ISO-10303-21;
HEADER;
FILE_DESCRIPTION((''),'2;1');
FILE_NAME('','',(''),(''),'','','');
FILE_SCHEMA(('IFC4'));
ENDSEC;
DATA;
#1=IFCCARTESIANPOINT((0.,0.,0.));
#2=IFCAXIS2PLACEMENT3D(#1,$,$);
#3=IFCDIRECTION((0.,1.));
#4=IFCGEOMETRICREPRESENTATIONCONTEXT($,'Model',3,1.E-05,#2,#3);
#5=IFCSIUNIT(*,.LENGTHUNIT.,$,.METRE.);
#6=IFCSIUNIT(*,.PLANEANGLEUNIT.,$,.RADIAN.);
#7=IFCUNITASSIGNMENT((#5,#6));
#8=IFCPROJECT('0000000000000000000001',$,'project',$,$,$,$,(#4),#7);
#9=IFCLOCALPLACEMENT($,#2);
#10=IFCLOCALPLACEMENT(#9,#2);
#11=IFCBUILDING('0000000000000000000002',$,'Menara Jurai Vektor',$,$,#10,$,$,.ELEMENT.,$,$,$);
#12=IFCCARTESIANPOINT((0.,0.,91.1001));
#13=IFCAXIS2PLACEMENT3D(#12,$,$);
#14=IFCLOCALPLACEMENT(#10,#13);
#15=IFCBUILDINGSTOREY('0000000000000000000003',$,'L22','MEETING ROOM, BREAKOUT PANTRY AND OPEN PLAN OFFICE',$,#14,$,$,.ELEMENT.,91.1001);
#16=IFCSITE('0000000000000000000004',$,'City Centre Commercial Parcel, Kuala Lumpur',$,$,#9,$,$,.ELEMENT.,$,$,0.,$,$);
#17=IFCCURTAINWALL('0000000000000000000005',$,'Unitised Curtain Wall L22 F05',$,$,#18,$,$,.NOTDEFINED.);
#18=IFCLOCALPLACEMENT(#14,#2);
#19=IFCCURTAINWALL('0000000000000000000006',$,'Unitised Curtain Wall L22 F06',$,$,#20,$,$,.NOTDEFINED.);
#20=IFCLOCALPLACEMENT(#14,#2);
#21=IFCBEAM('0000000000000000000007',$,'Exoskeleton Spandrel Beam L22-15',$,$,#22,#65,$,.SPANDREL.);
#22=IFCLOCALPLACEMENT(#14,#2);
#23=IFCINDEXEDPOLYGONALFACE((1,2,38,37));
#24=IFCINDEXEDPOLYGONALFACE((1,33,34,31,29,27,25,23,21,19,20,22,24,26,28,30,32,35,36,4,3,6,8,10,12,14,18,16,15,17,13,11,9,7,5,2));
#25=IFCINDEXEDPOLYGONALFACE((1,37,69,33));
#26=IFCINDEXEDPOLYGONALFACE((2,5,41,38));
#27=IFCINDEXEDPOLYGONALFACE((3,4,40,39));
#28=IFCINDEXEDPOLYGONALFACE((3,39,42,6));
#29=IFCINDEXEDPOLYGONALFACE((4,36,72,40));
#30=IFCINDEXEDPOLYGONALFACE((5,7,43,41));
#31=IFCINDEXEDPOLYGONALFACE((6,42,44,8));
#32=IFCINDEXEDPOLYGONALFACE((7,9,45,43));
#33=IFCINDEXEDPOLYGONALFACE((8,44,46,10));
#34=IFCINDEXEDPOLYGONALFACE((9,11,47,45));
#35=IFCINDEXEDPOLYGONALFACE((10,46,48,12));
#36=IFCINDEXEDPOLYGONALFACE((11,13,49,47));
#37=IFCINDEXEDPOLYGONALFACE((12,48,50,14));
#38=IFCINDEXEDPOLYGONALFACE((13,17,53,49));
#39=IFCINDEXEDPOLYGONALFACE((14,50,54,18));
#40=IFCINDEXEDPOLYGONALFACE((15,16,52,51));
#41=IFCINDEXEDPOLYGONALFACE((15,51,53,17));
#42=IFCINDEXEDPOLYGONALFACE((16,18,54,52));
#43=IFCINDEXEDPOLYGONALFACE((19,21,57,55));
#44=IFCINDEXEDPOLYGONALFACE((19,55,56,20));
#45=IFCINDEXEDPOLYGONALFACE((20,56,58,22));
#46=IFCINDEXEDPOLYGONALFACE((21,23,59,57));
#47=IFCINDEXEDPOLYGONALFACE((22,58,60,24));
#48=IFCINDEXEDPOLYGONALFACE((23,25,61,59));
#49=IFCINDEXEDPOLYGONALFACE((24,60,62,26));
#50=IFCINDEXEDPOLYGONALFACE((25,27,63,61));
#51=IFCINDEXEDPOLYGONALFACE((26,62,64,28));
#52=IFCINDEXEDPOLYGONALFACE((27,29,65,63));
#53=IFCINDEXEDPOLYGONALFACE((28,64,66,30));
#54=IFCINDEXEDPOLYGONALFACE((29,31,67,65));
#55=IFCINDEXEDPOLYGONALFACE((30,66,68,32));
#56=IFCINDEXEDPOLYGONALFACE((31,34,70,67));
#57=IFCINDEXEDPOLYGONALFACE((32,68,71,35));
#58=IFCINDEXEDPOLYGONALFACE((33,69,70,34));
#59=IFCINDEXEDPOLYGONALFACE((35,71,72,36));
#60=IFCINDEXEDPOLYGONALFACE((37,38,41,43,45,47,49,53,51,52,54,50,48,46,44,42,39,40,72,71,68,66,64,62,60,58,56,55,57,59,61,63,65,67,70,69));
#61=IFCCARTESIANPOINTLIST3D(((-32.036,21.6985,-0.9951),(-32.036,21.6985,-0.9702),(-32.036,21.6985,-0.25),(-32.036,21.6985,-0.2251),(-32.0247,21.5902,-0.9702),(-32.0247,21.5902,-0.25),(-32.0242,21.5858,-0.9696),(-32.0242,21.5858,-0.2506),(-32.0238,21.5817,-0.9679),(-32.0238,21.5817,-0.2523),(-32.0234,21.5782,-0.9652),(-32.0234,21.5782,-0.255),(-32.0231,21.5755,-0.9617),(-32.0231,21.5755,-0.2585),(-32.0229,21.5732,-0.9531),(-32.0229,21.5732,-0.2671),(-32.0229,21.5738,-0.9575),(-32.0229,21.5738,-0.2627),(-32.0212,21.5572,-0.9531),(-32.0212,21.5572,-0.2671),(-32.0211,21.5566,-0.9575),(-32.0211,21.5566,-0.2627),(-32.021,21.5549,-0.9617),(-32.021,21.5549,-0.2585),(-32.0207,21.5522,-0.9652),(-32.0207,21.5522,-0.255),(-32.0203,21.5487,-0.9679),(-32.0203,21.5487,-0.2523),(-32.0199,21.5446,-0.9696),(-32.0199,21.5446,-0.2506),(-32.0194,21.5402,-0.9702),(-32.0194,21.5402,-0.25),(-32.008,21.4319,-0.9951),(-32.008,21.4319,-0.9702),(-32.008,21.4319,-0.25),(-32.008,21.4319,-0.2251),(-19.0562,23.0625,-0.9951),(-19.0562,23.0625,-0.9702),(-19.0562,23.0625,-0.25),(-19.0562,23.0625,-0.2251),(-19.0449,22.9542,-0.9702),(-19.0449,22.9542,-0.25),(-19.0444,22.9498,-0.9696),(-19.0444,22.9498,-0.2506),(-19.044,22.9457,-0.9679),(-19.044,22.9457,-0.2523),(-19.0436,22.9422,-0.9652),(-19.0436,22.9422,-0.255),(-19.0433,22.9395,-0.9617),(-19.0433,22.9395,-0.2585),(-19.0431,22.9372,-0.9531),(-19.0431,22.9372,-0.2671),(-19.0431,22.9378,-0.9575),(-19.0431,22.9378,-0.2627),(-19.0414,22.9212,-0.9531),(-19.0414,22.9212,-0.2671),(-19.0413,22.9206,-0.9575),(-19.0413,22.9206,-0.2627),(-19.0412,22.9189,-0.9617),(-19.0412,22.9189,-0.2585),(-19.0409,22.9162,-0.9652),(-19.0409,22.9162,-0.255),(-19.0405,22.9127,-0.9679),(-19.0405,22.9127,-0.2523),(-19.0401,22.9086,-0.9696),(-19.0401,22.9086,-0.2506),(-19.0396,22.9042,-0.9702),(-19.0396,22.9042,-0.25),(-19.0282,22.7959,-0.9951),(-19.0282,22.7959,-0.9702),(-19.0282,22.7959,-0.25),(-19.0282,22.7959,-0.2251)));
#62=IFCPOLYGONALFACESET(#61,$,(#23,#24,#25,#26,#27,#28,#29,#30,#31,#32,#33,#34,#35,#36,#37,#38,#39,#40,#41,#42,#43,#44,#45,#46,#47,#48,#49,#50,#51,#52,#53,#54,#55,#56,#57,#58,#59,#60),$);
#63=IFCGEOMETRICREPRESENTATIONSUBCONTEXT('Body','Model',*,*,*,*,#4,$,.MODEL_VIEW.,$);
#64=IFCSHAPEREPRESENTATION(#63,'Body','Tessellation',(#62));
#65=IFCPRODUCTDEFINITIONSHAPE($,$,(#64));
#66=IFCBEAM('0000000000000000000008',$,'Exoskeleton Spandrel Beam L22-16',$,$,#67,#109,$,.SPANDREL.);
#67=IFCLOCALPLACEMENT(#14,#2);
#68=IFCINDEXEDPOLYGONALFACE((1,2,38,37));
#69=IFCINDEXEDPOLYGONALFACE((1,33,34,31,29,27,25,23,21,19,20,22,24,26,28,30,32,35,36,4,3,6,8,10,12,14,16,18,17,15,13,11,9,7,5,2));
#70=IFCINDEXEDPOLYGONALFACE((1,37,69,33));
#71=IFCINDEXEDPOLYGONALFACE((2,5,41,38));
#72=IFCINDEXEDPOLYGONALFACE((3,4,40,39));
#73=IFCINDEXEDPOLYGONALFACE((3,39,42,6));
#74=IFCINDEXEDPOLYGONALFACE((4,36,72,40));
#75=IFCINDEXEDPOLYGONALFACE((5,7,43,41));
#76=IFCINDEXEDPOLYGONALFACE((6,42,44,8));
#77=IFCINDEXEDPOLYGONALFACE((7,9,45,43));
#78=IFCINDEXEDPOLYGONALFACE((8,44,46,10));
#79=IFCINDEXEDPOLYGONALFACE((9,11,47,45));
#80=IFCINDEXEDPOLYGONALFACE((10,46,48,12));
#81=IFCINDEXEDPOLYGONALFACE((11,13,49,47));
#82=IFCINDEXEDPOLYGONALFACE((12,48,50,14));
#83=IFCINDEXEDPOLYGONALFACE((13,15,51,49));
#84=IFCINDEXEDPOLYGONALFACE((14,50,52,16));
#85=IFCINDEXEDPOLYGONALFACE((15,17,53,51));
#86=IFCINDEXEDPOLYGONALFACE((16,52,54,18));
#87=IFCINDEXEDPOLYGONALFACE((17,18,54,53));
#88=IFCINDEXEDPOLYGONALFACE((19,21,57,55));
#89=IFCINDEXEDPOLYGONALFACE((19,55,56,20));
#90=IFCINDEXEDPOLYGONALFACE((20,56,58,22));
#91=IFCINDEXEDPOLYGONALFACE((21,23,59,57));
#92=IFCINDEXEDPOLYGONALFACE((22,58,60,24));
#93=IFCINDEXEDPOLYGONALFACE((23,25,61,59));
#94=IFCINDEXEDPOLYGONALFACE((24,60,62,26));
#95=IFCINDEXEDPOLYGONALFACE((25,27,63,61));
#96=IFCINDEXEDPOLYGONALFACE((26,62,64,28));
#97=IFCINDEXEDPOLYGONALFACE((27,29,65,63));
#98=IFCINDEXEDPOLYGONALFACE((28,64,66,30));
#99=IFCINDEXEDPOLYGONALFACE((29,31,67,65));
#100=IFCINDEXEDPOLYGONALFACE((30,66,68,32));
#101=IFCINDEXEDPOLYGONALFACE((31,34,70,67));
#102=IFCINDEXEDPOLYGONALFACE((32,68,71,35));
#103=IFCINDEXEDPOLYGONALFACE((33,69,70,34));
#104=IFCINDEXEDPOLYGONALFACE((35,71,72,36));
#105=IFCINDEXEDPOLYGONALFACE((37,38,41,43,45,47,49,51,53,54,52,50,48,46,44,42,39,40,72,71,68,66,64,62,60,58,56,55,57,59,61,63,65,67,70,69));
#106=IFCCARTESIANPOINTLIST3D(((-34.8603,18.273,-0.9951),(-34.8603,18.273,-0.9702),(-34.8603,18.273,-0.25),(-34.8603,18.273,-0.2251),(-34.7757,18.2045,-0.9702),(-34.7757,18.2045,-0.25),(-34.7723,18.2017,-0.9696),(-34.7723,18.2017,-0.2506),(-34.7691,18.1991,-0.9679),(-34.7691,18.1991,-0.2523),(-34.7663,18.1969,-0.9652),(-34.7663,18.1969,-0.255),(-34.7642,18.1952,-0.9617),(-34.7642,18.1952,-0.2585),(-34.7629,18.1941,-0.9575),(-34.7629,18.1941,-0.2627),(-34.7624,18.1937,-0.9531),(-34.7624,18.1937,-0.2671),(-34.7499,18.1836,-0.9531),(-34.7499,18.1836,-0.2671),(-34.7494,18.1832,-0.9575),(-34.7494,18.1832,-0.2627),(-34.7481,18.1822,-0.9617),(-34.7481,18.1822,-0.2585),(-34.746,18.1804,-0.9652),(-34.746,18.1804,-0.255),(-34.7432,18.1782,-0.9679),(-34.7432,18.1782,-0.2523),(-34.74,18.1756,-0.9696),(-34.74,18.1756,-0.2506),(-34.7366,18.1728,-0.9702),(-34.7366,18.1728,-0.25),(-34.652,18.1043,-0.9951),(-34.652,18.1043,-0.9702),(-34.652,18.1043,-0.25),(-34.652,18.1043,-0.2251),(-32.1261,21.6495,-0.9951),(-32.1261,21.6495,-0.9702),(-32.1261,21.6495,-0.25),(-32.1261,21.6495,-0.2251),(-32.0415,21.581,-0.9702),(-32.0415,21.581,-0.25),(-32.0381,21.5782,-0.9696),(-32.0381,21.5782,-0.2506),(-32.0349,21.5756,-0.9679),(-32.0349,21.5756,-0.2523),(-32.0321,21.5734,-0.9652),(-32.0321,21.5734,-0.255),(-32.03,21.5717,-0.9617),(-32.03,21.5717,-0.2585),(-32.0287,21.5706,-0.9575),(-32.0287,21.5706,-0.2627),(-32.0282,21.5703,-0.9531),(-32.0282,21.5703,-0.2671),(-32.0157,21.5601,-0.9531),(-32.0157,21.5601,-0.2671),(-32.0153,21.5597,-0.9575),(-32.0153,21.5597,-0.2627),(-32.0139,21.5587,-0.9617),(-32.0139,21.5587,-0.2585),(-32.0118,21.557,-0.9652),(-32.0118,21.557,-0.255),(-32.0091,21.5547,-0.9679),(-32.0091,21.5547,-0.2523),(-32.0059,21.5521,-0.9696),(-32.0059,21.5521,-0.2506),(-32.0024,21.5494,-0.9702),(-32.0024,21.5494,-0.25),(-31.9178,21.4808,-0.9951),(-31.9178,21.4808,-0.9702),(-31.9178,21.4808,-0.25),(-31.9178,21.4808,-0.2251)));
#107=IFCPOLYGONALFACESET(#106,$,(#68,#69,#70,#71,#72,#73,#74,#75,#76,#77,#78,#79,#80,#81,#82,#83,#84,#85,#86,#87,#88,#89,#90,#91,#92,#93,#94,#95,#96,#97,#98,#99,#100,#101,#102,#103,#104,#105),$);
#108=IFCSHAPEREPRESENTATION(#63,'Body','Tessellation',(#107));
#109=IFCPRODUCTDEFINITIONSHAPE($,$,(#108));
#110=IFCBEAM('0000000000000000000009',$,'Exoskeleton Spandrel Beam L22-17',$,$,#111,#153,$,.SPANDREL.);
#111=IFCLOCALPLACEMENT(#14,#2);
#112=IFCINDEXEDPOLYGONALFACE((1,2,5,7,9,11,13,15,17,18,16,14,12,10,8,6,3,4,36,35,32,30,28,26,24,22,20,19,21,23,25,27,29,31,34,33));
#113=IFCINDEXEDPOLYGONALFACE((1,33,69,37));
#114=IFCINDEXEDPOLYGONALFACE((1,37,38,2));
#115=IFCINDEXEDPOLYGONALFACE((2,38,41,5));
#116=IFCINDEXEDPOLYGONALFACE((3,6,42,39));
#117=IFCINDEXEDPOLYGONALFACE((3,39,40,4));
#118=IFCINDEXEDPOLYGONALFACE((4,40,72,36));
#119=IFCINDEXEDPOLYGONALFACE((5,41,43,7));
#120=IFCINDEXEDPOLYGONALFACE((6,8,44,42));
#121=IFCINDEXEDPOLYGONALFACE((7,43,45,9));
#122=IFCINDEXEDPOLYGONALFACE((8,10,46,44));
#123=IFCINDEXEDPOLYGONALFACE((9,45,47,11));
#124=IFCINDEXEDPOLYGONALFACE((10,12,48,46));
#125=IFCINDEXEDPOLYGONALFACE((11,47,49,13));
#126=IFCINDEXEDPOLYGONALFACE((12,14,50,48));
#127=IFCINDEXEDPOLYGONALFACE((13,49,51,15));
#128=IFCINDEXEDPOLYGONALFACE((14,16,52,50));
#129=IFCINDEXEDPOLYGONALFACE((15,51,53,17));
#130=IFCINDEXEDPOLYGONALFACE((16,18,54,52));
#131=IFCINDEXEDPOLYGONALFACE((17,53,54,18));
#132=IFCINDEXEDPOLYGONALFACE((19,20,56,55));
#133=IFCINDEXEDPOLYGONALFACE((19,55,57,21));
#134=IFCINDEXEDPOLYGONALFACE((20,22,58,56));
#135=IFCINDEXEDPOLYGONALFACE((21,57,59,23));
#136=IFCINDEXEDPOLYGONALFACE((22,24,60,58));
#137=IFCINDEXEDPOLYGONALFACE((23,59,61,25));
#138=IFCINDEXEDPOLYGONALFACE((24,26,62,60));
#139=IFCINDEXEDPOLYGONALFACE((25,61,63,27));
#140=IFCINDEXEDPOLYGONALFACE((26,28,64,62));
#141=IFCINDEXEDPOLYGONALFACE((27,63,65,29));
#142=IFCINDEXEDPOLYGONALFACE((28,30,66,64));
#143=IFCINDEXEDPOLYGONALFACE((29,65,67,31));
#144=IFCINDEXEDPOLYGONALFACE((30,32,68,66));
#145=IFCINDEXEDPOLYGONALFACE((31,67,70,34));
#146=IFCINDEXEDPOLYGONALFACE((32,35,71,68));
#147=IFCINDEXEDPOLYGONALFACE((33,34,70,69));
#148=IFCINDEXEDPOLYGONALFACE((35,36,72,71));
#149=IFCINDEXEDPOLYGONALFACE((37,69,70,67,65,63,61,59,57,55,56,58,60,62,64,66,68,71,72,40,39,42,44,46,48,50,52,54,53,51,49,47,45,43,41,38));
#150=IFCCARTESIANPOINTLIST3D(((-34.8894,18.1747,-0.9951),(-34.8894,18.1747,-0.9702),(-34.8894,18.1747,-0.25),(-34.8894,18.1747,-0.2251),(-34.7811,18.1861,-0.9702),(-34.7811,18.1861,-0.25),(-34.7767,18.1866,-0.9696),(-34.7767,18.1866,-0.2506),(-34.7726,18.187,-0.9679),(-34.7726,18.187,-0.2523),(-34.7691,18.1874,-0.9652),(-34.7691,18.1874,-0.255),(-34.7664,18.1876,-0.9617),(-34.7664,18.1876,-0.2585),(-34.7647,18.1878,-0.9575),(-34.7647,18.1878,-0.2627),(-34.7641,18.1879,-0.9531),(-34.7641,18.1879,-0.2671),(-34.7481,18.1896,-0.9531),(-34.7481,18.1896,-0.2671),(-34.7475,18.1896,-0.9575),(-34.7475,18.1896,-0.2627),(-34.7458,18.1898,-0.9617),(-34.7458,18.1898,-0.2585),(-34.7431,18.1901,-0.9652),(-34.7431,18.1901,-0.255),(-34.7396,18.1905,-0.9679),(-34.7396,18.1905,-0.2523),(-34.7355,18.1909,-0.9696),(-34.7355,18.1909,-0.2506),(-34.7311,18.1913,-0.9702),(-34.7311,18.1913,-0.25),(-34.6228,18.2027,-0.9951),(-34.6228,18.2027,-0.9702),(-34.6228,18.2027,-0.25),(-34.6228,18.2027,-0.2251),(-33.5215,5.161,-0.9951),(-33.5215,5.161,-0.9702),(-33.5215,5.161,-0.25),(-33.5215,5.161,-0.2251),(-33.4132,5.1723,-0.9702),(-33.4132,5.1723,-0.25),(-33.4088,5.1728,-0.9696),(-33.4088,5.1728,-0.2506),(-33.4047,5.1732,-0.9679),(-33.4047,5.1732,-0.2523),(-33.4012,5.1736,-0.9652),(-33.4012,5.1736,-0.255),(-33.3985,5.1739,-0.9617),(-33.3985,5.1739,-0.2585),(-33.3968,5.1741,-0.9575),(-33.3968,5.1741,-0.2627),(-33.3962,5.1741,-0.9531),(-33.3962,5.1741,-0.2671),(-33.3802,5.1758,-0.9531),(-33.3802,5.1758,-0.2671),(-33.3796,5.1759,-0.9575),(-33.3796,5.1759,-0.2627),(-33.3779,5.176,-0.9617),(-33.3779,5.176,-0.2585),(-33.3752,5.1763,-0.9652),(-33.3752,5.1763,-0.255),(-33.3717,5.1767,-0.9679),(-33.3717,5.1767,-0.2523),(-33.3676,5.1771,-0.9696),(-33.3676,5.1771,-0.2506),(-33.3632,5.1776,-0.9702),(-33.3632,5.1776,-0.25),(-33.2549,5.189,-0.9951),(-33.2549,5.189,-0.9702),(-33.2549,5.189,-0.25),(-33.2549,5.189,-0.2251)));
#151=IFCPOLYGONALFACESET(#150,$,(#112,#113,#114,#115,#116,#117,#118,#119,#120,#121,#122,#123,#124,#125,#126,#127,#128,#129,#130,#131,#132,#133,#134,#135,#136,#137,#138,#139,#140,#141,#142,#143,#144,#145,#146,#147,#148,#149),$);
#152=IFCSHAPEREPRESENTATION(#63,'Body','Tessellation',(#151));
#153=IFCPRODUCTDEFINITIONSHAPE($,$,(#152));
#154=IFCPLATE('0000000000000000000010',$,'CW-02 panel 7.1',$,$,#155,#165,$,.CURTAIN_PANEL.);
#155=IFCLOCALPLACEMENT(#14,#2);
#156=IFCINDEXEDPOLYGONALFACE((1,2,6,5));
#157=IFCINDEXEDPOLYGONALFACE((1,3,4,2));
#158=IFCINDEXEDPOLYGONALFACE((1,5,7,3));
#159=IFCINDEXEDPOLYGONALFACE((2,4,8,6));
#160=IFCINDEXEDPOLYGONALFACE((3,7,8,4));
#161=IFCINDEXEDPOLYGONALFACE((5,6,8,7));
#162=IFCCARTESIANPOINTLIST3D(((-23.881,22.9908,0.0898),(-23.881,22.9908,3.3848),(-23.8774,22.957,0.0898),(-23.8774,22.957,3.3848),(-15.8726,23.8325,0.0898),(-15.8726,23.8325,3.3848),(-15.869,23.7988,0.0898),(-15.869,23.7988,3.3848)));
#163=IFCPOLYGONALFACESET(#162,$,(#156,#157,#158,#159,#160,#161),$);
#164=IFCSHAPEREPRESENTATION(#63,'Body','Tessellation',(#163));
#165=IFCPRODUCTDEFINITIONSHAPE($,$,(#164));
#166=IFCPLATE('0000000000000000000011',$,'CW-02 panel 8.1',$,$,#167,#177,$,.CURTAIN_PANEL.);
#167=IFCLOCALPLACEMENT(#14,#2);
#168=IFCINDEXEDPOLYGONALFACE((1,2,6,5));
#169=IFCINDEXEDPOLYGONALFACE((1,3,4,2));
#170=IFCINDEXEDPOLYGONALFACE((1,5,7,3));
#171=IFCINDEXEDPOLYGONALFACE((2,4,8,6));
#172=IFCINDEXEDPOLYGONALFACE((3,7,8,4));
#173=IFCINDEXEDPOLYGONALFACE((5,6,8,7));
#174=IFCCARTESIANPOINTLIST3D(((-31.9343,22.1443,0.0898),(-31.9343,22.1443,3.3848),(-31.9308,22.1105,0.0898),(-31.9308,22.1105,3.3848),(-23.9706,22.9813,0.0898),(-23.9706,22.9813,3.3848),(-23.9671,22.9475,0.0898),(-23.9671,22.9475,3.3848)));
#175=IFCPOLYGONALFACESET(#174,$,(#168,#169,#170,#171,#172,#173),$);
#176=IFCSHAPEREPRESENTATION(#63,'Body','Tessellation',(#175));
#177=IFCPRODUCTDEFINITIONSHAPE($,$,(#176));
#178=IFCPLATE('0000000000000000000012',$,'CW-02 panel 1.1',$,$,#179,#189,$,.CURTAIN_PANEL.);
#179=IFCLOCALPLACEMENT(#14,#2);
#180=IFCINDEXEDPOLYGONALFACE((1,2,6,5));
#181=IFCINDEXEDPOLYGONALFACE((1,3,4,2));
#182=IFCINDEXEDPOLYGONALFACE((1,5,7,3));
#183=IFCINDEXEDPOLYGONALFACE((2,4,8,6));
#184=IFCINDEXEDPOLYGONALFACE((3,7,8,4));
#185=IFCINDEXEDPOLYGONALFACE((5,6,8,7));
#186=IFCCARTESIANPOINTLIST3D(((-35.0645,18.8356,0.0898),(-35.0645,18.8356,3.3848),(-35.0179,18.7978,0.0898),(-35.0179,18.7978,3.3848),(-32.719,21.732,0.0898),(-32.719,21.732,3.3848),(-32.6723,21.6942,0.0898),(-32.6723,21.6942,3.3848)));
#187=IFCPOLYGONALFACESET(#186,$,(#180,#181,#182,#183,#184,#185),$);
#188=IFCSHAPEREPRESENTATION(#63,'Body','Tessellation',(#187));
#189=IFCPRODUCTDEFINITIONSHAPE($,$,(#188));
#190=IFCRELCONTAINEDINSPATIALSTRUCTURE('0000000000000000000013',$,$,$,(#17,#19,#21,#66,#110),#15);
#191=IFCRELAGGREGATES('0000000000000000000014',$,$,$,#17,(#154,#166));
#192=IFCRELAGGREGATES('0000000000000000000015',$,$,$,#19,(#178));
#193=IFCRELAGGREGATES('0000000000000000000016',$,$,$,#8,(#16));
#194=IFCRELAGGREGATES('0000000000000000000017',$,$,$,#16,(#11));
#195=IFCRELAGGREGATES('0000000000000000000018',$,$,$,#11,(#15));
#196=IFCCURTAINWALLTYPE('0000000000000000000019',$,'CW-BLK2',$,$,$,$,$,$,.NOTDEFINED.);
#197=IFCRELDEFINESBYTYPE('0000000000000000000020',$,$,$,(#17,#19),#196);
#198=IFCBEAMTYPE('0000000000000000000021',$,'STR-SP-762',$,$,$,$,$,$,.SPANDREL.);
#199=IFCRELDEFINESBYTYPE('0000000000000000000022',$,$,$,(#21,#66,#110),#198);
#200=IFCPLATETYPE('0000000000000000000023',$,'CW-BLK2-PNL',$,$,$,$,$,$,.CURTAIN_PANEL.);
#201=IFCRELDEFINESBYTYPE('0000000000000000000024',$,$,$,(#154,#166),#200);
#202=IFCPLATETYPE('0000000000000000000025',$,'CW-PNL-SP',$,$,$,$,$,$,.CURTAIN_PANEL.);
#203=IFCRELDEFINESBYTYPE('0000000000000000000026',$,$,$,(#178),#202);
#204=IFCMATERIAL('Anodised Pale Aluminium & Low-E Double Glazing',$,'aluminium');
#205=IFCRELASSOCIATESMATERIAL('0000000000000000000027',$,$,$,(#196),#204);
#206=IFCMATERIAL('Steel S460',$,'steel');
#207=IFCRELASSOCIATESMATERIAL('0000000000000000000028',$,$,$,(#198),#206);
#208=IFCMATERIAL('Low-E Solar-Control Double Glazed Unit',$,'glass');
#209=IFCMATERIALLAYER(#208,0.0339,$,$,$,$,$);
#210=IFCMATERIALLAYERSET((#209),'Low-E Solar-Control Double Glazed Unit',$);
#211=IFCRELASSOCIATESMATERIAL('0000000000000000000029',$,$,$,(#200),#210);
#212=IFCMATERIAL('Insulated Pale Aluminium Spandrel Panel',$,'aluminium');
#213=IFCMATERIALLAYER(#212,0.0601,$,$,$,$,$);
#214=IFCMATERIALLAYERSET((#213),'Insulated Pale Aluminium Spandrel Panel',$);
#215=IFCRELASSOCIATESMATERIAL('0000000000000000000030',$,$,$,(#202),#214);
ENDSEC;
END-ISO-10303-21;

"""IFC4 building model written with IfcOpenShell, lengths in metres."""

from ifc_helpers import new_model, si_unit, direction, frame, origin, origin_2d, place, context, subcontext, project, spatial, rectangle, i_section, extrude, material, layer, layer_set, material_profile, profile_set, type_object, element, aggregate, save


model = new_model("IFC4")

# Units and contexts
model_context = context("Model", 3, precision=1e-05, world=origin(), true_north=direction((0.0, 1.0)))
body_context = subcontext(model_context, "Body", "Model", "MODEL_VIEW")
ifc_project = project(units=[si_unit("LENGTHUNIT", "METRE"), si_unit("PLANEANGLEUNIT", "RADIAN")], contexts=[model_context])

# Site, building, storey
site_placement = place(None, origin())
site = spatial("IfcSite", under=ifc_project, at=site_placement, Name="City Centre Commercial Parcel, Kuala Lumpur", CompositionType="ELEMENT", RefElevation=0.0)
building_placement = place(site_placement, origin())
building = spatial("IfcBuilding", under=site, at=building_placement, Name="Menara Jurai Vektor", CompositionType="ELEMENT")
storey_placement = place(building_placement, frame((0.0, 0.0, 91.1001)))
storey = spatial("IfcBuildingStorey", under=building, at=storey_placement, Name="L22", Description="MEETING ROOM, BREAKOUT PANTRY AND OPEN PLAN OFFICE", CompositionType="ELEMENT", Elevation=91.1001)

# Shared definitions
ifc_material_1 = material(Name="Steel S460", Category="steel")

# Curtain walls
ifc_material_2 = material(Name="Anodised Pale Aluminium & Low-E Double Glazing", Category="aluminium")
curtain_wall_type = type_object("IfcCurtainWallType", Name="CW-BLK2", PredefinedType="NOTDEFINED", material=ifc_material_2)
curtain_wall_1_placement = place(storey_placement, origin())
curtain_wall_1 = element("IfcCurtainWall", 1, at=curtain_wall_1_placement, inside=storey, type_object=curtain_wall_type, Name="Unitised Curtain Wall L22 F05", PredefinedType="NOTDEFINED")
curtain_wall_2_placement = place(storey_placement, origin())
curtain_wall_2 = element("IfcCurtainWall", 2, at=curtain_wall_2_placement, inside=storey, type_object=curtain_wall_type, Name="Unitised Curtain Wall L22 F06", PredefinedType="NOTDEFINED")

# Beams
ifc_material_profile_1 = material_profile(ifc_material_1, i_section(OverallWidth=0.2681, OverallDepth=0.77, WebThickness=0.0161, FlangeThickness=0.0249, FilletRadius=0.0171, at=origin_2d()), Name="UKB 762x267x197")
ifc_profile_set_1 = profile_set([ifc_material_profile_1], Name="Steel S460")
beam_type_1 = type_object("IfcBeamType", Name="STR-SP-762", PredefinedType="SPANDREL", material=ifc_profile_set_1)
beam_1_placement = place(storey_placement, frame((-19.0422, 22.9292, -0.6101), z_axis=(-0.994524, -0.104512, 0.0), x_axis=(0.104512, -0.994524, 0.0)))
element("IfcBeam", 3, at=beam_1_placement, inside=storey, type_object=beam_type_1, Name="Exoskeleton Spandrel Beam L22-15", PredefinedType="SPANDREL", context=body_context, shape_type="SweptSolid", body=[
    extrude(i_section(OverallWidth=0.2681, OverallDepth=0.77, WebThickness=0.0161, FlangeThickness=0.0249, FilletRadius=0.0171, at=origin_2d()), origin(), (0.0, 0.0, 1.0), 13.0513),
])
beam_2_placement = place(storey_placement, frame((-32.022, 21.5652, -0.6101), z_axis=(-0.62931, -0.777155, 0.0), x_axis=(0.777155, -0.62931, 0.0)))
element("IfcBeam", 4, at=beam_2_placement, inside=storey, type_object=beam_type_1, Name="Exoskeleton Spandrel Beam L22-16", PredefinedType="SPANDREL", context=body_context, shape_type="SweptSolid", body=[
    extrude(i_section(OverallWidth=0.2681, OverallDepth=0.77, WebThickness=0.0161, FlangeThickness=0.0249, FilletRadius=0.0171, at=origin_2d()), origin(), (0.0, 0.0, 1.0), 4.3447),
])
beam_3_placement = place(storey_placement, frame((-34.7561, 18.1887, -0.6101), z_axis=(0.104538, -0.994521, 0.0), x_axis=(0.994521, 0.104538, 0.0)))
element("IfcBeam", 5, at=beam_3_placement, inside=storey, type_object=beam_type_1, Name="Exoskeleton Spandrel Beam L22-17", PredefinedType="SPANDREL", context=body_context, shape_type="SweptSolid", body=[
    extrude(i_section(OverallWidth=0.2681, OverallDepth=0.77, WebThickness=0.0161, FlangeThickness=0.0249, FilletRadius=0.0171, at=origin_2d()), origin(), (0.0, 0.0, 1.0), 13.0854),
])

# Plates
ifc_material_3 = material(Name="Low-E Solar-Control Double Glazed Unit", Category="glass")
ifc_layer_1 = layer(ifc_material_3, 0.0339)
ifc_layer_set_1 = layer_set([ifc_layer_1], Name="Low-E Solar-Control Double Glazed Unit")
plate_type_1 = type_object("IfcPlateType", Name="CW-BLK2-PNL", PredefinedType="CURTAIN_PANEL", material=ifc_layer_set_1)
plate_1_placement = place(storey_placement, frame((-19.875, 23.3948, 0.0898), z_axis=(0.0, 0.0, 1.0), x_axis=(-0.994522, -0.104529, 0.0)))
plate_1 = element("IfcPlate", 6, at=plate_1_placement, type_object=plate_type_1, Name="CW-02 panel 7.1", PredefinedType="CURTAIN_PANEL", context=body_context, shape_type="SweptSolid", body=[
    extrude(rectangle(XDim=8.0525, YDim=0.0339, at=origin_2d()), origin(), (0.0, 0.0, 1.0), 3.2949),
])
plate_2_placement = place(storey_placement, frame((-27.9507, 22.5459, 0.0898), z_axis=(0.0, 0.0, 1.0), x_axis=(-0.994522, -0.104529, 0.0)))
plate_2 = element("IfcPlate", 7, at=plate_2_placement, type_object=plate_type_1, Name="CW-02 panel 8.1", PredefinedType="CURTAIN_PANEL", context=body_context, shape_type="SweptSolid", body=[
    extrude(rectangle(XDim=8.0076, YDim=0.0339, at=origin_2d()), origin(), (0.0, 0.0, 1.0), 3.2949),
])
aggregate(curtain_wall_1, [plate_1, plate_2])
ifc_material_4 = material(Name="Insulated Pale Aluminium Spandrel Panel", Category="aluminium")
ifc_layer_2 = layer(ifc_material_4, 0.0601)
ifc_layer_set_2 = layer_set([ifc_layer_2], Name="Insulated Pale Aluminium Spandrel Panel")
plate_type_2 = type_object("IfcPlateType", Name="CW-PNL-SP", PredefinedType="CURTAIN_PANEL", material=ifc_layer_set_2)
plate_3_placement = place(storey_placement, frame((-33.8684, 20.2649, 0.0898), z_axis=(0.0, 0.0, 1.0), x_axis=(-0.629341, -0.777129, 0.0)))
plate_3 = element("IfcPlate", 8, at=plate_3_placement, type_object=plate_type_2, Name="CW-02 panel 1.1", PredefinedType="CURTAIN_PANEL", context=body_context, shape_type="SweptSolid", body=[
    extrude(rectangle(XDim=3.7271, YDim=0.0601, at=origin_2d()), origin(), (0.0, 0.0, 1.0), 3.2949),
])
aggregate(curtain_wall_2, [plate_3])

save(model, "model.ifc")
